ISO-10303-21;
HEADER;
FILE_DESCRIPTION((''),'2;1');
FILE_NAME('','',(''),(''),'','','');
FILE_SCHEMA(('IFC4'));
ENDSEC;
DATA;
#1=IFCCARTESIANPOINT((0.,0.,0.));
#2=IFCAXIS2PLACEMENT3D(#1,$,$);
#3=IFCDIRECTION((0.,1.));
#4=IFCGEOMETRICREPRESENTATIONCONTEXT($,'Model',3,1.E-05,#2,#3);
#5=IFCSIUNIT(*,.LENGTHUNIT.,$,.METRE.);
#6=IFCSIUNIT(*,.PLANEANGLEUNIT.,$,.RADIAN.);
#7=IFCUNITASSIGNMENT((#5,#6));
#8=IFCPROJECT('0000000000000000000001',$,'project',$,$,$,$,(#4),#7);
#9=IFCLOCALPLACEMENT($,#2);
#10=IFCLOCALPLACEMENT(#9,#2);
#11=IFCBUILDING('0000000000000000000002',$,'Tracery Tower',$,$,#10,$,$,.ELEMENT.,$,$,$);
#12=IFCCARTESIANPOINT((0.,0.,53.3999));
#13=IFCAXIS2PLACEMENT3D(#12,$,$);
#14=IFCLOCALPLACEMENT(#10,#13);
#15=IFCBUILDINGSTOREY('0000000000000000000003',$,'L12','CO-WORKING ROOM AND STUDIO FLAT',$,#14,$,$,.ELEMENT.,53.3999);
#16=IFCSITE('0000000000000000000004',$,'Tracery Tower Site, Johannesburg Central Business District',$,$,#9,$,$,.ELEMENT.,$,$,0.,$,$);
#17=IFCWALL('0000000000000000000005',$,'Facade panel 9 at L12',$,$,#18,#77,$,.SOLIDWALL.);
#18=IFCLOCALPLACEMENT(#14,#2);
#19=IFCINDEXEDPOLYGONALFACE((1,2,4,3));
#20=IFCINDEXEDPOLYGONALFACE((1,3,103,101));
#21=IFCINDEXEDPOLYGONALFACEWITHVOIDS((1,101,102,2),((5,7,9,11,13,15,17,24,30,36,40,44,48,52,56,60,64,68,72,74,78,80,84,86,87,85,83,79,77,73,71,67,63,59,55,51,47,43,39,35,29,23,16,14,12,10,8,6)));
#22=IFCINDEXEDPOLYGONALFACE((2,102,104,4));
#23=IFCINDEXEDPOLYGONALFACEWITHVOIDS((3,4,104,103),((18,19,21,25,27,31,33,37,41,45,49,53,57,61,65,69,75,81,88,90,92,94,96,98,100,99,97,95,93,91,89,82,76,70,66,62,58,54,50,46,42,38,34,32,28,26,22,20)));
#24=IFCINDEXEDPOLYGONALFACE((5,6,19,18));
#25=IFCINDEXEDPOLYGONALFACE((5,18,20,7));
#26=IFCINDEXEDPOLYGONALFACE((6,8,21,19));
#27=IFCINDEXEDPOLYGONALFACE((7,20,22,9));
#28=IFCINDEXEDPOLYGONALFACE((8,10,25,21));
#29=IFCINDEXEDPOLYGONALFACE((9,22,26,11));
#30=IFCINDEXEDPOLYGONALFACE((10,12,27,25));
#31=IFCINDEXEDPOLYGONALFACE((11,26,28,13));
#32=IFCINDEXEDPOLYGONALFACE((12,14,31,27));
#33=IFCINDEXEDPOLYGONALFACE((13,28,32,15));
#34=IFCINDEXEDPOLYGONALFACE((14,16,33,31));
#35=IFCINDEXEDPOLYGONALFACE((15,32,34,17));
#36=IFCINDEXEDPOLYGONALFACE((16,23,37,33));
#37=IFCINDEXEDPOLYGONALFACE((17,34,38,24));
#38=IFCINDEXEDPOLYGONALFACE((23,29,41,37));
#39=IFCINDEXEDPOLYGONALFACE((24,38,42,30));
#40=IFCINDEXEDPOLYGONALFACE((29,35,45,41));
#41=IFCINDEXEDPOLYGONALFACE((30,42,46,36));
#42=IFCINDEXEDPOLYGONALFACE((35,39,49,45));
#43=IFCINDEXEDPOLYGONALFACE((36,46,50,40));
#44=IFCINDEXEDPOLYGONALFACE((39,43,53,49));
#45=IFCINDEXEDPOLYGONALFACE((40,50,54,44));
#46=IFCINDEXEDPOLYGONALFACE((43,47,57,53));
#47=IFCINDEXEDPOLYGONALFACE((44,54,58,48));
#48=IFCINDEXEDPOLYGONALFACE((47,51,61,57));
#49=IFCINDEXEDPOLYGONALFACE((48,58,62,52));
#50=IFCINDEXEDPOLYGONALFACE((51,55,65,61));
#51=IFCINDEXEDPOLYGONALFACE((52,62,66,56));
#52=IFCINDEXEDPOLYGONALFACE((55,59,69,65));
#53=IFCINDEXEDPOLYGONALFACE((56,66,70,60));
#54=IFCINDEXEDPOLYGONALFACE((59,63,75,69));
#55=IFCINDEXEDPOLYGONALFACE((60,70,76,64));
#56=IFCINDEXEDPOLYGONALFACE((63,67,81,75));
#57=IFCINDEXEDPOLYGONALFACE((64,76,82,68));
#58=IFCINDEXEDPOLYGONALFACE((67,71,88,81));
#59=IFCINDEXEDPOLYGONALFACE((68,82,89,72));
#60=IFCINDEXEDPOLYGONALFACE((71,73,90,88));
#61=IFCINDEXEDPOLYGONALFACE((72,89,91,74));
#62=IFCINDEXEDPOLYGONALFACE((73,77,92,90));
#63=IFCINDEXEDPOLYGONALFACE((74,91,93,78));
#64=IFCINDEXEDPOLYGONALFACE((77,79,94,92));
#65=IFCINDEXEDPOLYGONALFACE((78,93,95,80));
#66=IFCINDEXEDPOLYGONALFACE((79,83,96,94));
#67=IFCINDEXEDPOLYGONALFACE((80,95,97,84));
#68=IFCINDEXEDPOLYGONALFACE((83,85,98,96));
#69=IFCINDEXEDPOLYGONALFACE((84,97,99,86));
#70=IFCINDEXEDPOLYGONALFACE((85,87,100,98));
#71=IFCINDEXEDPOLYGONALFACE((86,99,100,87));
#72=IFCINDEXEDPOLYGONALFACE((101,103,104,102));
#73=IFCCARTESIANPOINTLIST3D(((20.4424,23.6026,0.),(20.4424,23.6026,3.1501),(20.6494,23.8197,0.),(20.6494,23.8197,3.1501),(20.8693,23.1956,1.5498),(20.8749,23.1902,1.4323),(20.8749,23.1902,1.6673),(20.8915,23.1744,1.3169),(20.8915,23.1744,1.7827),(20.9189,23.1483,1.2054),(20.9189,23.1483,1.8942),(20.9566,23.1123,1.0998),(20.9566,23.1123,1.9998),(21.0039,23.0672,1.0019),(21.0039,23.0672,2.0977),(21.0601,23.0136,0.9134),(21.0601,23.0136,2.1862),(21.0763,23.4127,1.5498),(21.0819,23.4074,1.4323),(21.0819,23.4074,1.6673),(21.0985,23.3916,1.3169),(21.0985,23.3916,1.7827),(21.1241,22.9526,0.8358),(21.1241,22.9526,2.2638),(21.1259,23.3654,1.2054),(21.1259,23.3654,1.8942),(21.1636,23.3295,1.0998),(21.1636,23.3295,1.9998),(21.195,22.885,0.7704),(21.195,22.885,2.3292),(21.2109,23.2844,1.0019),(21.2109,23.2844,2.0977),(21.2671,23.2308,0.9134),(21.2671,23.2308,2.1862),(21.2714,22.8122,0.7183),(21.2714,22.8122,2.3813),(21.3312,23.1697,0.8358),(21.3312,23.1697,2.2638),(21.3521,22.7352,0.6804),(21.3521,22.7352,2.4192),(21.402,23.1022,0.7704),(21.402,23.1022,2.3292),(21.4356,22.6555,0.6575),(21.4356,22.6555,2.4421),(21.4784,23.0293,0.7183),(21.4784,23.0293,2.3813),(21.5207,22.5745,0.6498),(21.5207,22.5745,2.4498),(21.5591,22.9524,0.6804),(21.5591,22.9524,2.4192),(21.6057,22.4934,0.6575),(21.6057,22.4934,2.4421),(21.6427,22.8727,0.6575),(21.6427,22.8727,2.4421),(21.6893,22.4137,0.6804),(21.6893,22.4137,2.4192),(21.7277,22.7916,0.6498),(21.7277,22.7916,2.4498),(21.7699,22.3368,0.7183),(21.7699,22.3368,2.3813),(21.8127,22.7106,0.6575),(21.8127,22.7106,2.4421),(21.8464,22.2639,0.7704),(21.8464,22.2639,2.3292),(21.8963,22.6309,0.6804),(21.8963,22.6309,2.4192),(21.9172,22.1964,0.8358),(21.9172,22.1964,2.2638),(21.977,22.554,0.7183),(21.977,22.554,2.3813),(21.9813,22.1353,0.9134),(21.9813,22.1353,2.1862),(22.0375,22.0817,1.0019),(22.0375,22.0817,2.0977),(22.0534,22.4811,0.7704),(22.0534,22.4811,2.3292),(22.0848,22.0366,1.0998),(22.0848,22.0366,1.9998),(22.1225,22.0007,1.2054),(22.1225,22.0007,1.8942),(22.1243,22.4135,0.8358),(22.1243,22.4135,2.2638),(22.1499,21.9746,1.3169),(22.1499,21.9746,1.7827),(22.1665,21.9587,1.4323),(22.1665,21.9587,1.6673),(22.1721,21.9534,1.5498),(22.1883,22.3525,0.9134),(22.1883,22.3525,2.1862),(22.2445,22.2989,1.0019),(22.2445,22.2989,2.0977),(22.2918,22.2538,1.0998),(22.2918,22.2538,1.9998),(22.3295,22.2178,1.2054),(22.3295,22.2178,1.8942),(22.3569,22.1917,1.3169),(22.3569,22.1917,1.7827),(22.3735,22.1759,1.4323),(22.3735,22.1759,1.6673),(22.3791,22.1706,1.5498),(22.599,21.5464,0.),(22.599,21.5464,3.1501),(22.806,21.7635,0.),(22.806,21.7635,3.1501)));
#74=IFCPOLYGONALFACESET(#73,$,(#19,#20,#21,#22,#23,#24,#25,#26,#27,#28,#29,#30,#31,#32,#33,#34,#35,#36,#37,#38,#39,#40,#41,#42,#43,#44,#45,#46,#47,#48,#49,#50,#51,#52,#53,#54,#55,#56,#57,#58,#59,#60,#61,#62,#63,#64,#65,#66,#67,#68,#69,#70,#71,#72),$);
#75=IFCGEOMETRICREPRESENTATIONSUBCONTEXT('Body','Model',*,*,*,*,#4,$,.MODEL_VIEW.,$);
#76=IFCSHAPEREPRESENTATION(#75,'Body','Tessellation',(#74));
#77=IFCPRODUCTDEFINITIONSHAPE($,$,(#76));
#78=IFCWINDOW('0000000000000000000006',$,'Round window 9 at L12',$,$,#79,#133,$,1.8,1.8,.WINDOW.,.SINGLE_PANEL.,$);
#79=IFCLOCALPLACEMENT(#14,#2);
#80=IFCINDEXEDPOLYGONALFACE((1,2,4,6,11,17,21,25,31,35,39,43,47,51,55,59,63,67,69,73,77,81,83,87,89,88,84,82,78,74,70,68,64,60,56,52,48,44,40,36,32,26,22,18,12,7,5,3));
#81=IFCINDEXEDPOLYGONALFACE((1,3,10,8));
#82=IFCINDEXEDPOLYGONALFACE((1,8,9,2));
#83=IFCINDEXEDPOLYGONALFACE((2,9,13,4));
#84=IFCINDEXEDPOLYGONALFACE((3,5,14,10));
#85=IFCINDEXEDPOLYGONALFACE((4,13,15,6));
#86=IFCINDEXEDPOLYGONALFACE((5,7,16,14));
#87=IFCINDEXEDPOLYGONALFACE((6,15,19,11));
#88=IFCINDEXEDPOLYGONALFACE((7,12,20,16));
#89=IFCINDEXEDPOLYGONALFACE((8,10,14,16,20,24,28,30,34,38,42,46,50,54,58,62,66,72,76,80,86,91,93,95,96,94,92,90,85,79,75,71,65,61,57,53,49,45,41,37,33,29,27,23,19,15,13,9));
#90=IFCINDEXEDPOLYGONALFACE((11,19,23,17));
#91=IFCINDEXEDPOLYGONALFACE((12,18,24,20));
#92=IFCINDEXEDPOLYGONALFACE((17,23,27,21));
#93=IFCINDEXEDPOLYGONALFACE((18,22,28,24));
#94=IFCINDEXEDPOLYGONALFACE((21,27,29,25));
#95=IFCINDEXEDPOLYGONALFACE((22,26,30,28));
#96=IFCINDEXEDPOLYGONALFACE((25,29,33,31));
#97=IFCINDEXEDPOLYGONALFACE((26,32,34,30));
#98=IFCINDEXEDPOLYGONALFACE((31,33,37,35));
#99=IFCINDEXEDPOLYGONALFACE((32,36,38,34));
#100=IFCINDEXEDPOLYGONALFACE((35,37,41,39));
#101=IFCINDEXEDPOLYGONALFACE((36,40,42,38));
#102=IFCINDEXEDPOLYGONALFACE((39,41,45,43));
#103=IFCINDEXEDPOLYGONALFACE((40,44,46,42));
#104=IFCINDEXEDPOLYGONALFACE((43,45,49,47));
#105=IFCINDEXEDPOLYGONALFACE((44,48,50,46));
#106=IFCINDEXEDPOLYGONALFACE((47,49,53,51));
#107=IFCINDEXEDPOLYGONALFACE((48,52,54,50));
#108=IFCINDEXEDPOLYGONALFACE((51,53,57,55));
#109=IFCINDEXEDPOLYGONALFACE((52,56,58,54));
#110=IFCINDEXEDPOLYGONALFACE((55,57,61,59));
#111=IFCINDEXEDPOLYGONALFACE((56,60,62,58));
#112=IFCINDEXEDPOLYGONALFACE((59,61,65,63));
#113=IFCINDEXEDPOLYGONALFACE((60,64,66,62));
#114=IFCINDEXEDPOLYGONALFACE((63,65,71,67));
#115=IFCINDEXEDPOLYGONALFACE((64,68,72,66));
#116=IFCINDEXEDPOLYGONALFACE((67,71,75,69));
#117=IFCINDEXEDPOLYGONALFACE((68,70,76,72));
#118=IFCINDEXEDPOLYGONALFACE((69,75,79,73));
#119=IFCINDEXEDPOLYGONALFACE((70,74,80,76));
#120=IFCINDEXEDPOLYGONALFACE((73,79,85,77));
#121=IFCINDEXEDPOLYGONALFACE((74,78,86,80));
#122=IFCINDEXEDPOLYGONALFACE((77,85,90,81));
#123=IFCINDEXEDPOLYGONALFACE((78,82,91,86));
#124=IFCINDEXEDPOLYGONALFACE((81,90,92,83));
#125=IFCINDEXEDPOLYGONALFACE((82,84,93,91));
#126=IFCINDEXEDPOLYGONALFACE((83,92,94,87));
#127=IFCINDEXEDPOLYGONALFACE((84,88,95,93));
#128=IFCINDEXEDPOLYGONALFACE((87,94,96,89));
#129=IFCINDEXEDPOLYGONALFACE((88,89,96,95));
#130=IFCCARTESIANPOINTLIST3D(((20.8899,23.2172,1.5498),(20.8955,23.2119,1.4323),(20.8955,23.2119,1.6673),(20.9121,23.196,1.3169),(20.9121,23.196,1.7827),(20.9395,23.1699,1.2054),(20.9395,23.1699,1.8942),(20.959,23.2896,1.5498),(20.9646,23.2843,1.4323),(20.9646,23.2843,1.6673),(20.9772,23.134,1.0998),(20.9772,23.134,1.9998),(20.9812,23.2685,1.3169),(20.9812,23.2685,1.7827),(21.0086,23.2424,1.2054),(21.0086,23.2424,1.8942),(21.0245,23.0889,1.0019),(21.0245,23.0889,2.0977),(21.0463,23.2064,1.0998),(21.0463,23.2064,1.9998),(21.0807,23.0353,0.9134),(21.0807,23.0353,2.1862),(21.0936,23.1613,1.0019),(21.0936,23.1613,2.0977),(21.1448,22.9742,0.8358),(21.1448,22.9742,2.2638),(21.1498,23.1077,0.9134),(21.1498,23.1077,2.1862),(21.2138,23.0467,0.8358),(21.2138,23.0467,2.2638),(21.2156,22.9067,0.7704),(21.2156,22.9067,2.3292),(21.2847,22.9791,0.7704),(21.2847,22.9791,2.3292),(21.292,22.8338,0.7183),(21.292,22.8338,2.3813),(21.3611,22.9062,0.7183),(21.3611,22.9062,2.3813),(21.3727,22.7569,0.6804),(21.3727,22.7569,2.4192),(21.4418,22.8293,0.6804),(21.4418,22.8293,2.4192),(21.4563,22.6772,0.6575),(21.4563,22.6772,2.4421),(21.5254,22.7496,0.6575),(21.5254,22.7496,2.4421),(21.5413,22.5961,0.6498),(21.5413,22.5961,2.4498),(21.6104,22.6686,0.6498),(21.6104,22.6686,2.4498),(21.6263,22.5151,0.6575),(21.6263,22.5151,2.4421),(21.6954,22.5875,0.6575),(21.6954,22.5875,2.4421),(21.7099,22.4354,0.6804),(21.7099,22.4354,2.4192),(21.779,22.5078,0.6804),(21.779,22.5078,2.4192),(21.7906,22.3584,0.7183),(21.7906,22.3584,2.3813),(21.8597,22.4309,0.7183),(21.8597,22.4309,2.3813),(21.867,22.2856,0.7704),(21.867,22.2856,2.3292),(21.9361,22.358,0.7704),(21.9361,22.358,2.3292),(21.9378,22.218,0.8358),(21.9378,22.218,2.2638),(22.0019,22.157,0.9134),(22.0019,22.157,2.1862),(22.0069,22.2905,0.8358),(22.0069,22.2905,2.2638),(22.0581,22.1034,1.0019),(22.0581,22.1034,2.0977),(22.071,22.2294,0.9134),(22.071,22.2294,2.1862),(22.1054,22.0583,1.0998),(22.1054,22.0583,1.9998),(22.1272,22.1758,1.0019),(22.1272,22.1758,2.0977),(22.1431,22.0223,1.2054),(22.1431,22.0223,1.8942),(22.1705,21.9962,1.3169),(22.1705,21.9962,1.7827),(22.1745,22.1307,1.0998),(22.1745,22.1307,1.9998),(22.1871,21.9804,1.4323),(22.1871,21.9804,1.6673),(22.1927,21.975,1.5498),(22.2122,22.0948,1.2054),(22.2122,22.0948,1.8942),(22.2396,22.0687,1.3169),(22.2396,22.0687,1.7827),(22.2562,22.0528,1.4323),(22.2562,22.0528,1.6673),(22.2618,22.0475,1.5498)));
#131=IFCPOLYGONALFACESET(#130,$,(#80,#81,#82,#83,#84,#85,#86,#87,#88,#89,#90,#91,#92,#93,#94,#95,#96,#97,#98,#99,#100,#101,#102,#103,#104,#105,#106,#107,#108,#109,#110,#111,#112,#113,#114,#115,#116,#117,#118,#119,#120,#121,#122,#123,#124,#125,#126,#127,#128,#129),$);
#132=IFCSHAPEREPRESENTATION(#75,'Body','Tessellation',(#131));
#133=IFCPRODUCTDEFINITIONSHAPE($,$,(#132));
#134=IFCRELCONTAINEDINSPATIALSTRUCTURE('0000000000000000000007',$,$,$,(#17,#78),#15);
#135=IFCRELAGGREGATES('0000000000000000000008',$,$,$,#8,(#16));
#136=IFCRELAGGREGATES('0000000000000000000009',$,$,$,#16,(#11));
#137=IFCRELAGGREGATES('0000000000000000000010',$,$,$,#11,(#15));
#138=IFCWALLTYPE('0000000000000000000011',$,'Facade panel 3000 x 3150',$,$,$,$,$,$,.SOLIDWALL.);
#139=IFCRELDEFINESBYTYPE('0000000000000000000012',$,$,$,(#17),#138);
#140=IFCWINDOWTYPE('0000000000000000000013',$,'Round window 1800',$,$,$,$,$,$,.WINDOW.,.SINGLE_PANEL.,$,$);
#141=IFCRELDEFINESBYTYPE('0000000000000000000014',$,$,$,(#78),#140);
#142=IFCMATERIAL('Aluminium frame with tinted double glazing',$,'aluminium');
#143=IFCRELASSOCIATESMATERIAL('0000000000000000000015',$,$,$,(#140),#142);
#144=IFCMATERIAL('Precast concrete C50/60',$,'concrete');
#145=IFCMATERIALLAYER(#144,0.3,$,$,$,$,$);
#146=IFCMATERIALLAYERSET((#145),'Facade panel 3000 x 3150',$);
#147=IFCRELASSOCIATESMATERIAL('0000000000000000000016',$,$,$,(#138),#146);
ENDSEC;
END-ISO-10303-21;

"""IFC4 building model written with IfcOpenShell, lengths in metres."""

from ifc_helpers import new_model, si_unit, direction, frame, frame_2d, origin, origin_2d, place, context, subcontext, project, spatial, rectangle, circle, extrude, material, layer, layer_set, type_object, element, fill, save


model = new_model("IFC4")

# Units and contexts
model_context = context("Model", 3, precision=1e-05, world=origin(), true_north=direction((0.0, 1.0)))
body_context = subcontext(model_context, "Body", "Model", "MODEL_VIEW")
ifc_project = project(units=[si_unit("LENGTHUNIT", "METRE"), si_unit("PLANEANGLEUNIT", "RADIAN")], contexts=[model_context])

# Site, building, storey
site_placement = place(None, origin())
site = spatial("IfcSite", under=ifc_project, at=site_placement, Name="Tracery Tower Site, Johannesburg Central Business District", CompositionType="ELEMENT", RefElevation=0.0)
building_placement = place(site_placement, origin())
building = spatial("IfcBuilding", under=site, at=building_placement, Name="Tracery Tower", CompositionType="ELEMENT")
storey_placement = place(building_placement, frame((0.0, 0.0, 53.3999)))
storey = spatial("IfcBuildingStorey", under=building, at=storey_placement, Name="L12", Description="CO-WORKING ROOM AND STUDIO FLAT", CompositionType="ELEMENT", Elevation=53.3999)

# Wall, opening, window
ifc_material_1 = material(Name="Aluminium frame with tinted double glazing", Category="aluminium")
window_type = type_object("IfcWindowType", Name="Round window 1800", PartitioningType="SINGLE_PANEL", PredefinedType="WINDOW", material=ifc_material_1)
ifc_material_2 = material(Name="Precast concrete C50/60", Category="concrete")
ifc_layer_1 = layer(ifc_material_2, 0.3)
ifc_layer_set_1 = layer_set([ifc_layer_1], Name="Facade panel 3000 x 3150")
wall_type_1 = type_object("IfcWallType", Name="Facade panel 3000 x 3150", PredefinedType="SOLIDWALL", material=ifc_layer_set_1)
wall_1_placement = place(storey_placement, frame((22.7024, 21.655, 0.0), z_axis=(0.0, 0.0, 1.0), x_axis=(-0.723744, 0.690068, 0.0)))
wall_1 = element("IfcWall", 1, at=wall_1_placement, inside=storey, type_object=wall_type_1, Name="Facade panel 9 at L12", PredefinedType="SOLIDWALL", context=body_context, shape_type="SweptSolid", body=[
    extrude(rectangle(XDim=2.9797, YDim=0.3, at=frame_2d((1.4897, 0.0))), origin(), (0.0, 0.0, 1.0), 3.1501),
])
opening_1_placement = place(wall_1_placement, frame((1.4897, 0.0, 1.5498)))
opening_1 = element("IfcOpeningElement", 2, at=opening_1_placement, cuts=wall_1, PredefinedType="OPENING", context=body_context, shape_type="SweptSolid", body=[
    extrude(circle(Radius=0.9, at=origin_2d()), frame((0.0, 0.1599, 0.0), z_axis=(0.0, -1.0, 0.0), x_axis=(1.0, 0.0, 0.0)), (0.0, 0.0, 1.0), 0.3201),
])
window_1_placement = place(opening_1_placement, origin())
window_1 = element("IfcWindow", 3, at=window_1_placement, inside=storey, type_object=window_type, Name="Round window 9 at L12", OverallHeight=1.8, OverallWidth=1.8, PartitioningType="SINGLE_PANEL", PredefinedType="WINDOW", context=body_context, shape_type="SweptSolid", body=[
    extrude(circle(Radius=0.9, at=origin_2d()), frame((0.0, 0.1201, 0.0), z_axis=(0.0, -1.0, 0.0), x_axis=(1.0, 0.0, 0.0)), (0.0, 0.0, 1.0), 0.1001),
])
fill(opening_1, window_1)

save(model, "model.ifc")
